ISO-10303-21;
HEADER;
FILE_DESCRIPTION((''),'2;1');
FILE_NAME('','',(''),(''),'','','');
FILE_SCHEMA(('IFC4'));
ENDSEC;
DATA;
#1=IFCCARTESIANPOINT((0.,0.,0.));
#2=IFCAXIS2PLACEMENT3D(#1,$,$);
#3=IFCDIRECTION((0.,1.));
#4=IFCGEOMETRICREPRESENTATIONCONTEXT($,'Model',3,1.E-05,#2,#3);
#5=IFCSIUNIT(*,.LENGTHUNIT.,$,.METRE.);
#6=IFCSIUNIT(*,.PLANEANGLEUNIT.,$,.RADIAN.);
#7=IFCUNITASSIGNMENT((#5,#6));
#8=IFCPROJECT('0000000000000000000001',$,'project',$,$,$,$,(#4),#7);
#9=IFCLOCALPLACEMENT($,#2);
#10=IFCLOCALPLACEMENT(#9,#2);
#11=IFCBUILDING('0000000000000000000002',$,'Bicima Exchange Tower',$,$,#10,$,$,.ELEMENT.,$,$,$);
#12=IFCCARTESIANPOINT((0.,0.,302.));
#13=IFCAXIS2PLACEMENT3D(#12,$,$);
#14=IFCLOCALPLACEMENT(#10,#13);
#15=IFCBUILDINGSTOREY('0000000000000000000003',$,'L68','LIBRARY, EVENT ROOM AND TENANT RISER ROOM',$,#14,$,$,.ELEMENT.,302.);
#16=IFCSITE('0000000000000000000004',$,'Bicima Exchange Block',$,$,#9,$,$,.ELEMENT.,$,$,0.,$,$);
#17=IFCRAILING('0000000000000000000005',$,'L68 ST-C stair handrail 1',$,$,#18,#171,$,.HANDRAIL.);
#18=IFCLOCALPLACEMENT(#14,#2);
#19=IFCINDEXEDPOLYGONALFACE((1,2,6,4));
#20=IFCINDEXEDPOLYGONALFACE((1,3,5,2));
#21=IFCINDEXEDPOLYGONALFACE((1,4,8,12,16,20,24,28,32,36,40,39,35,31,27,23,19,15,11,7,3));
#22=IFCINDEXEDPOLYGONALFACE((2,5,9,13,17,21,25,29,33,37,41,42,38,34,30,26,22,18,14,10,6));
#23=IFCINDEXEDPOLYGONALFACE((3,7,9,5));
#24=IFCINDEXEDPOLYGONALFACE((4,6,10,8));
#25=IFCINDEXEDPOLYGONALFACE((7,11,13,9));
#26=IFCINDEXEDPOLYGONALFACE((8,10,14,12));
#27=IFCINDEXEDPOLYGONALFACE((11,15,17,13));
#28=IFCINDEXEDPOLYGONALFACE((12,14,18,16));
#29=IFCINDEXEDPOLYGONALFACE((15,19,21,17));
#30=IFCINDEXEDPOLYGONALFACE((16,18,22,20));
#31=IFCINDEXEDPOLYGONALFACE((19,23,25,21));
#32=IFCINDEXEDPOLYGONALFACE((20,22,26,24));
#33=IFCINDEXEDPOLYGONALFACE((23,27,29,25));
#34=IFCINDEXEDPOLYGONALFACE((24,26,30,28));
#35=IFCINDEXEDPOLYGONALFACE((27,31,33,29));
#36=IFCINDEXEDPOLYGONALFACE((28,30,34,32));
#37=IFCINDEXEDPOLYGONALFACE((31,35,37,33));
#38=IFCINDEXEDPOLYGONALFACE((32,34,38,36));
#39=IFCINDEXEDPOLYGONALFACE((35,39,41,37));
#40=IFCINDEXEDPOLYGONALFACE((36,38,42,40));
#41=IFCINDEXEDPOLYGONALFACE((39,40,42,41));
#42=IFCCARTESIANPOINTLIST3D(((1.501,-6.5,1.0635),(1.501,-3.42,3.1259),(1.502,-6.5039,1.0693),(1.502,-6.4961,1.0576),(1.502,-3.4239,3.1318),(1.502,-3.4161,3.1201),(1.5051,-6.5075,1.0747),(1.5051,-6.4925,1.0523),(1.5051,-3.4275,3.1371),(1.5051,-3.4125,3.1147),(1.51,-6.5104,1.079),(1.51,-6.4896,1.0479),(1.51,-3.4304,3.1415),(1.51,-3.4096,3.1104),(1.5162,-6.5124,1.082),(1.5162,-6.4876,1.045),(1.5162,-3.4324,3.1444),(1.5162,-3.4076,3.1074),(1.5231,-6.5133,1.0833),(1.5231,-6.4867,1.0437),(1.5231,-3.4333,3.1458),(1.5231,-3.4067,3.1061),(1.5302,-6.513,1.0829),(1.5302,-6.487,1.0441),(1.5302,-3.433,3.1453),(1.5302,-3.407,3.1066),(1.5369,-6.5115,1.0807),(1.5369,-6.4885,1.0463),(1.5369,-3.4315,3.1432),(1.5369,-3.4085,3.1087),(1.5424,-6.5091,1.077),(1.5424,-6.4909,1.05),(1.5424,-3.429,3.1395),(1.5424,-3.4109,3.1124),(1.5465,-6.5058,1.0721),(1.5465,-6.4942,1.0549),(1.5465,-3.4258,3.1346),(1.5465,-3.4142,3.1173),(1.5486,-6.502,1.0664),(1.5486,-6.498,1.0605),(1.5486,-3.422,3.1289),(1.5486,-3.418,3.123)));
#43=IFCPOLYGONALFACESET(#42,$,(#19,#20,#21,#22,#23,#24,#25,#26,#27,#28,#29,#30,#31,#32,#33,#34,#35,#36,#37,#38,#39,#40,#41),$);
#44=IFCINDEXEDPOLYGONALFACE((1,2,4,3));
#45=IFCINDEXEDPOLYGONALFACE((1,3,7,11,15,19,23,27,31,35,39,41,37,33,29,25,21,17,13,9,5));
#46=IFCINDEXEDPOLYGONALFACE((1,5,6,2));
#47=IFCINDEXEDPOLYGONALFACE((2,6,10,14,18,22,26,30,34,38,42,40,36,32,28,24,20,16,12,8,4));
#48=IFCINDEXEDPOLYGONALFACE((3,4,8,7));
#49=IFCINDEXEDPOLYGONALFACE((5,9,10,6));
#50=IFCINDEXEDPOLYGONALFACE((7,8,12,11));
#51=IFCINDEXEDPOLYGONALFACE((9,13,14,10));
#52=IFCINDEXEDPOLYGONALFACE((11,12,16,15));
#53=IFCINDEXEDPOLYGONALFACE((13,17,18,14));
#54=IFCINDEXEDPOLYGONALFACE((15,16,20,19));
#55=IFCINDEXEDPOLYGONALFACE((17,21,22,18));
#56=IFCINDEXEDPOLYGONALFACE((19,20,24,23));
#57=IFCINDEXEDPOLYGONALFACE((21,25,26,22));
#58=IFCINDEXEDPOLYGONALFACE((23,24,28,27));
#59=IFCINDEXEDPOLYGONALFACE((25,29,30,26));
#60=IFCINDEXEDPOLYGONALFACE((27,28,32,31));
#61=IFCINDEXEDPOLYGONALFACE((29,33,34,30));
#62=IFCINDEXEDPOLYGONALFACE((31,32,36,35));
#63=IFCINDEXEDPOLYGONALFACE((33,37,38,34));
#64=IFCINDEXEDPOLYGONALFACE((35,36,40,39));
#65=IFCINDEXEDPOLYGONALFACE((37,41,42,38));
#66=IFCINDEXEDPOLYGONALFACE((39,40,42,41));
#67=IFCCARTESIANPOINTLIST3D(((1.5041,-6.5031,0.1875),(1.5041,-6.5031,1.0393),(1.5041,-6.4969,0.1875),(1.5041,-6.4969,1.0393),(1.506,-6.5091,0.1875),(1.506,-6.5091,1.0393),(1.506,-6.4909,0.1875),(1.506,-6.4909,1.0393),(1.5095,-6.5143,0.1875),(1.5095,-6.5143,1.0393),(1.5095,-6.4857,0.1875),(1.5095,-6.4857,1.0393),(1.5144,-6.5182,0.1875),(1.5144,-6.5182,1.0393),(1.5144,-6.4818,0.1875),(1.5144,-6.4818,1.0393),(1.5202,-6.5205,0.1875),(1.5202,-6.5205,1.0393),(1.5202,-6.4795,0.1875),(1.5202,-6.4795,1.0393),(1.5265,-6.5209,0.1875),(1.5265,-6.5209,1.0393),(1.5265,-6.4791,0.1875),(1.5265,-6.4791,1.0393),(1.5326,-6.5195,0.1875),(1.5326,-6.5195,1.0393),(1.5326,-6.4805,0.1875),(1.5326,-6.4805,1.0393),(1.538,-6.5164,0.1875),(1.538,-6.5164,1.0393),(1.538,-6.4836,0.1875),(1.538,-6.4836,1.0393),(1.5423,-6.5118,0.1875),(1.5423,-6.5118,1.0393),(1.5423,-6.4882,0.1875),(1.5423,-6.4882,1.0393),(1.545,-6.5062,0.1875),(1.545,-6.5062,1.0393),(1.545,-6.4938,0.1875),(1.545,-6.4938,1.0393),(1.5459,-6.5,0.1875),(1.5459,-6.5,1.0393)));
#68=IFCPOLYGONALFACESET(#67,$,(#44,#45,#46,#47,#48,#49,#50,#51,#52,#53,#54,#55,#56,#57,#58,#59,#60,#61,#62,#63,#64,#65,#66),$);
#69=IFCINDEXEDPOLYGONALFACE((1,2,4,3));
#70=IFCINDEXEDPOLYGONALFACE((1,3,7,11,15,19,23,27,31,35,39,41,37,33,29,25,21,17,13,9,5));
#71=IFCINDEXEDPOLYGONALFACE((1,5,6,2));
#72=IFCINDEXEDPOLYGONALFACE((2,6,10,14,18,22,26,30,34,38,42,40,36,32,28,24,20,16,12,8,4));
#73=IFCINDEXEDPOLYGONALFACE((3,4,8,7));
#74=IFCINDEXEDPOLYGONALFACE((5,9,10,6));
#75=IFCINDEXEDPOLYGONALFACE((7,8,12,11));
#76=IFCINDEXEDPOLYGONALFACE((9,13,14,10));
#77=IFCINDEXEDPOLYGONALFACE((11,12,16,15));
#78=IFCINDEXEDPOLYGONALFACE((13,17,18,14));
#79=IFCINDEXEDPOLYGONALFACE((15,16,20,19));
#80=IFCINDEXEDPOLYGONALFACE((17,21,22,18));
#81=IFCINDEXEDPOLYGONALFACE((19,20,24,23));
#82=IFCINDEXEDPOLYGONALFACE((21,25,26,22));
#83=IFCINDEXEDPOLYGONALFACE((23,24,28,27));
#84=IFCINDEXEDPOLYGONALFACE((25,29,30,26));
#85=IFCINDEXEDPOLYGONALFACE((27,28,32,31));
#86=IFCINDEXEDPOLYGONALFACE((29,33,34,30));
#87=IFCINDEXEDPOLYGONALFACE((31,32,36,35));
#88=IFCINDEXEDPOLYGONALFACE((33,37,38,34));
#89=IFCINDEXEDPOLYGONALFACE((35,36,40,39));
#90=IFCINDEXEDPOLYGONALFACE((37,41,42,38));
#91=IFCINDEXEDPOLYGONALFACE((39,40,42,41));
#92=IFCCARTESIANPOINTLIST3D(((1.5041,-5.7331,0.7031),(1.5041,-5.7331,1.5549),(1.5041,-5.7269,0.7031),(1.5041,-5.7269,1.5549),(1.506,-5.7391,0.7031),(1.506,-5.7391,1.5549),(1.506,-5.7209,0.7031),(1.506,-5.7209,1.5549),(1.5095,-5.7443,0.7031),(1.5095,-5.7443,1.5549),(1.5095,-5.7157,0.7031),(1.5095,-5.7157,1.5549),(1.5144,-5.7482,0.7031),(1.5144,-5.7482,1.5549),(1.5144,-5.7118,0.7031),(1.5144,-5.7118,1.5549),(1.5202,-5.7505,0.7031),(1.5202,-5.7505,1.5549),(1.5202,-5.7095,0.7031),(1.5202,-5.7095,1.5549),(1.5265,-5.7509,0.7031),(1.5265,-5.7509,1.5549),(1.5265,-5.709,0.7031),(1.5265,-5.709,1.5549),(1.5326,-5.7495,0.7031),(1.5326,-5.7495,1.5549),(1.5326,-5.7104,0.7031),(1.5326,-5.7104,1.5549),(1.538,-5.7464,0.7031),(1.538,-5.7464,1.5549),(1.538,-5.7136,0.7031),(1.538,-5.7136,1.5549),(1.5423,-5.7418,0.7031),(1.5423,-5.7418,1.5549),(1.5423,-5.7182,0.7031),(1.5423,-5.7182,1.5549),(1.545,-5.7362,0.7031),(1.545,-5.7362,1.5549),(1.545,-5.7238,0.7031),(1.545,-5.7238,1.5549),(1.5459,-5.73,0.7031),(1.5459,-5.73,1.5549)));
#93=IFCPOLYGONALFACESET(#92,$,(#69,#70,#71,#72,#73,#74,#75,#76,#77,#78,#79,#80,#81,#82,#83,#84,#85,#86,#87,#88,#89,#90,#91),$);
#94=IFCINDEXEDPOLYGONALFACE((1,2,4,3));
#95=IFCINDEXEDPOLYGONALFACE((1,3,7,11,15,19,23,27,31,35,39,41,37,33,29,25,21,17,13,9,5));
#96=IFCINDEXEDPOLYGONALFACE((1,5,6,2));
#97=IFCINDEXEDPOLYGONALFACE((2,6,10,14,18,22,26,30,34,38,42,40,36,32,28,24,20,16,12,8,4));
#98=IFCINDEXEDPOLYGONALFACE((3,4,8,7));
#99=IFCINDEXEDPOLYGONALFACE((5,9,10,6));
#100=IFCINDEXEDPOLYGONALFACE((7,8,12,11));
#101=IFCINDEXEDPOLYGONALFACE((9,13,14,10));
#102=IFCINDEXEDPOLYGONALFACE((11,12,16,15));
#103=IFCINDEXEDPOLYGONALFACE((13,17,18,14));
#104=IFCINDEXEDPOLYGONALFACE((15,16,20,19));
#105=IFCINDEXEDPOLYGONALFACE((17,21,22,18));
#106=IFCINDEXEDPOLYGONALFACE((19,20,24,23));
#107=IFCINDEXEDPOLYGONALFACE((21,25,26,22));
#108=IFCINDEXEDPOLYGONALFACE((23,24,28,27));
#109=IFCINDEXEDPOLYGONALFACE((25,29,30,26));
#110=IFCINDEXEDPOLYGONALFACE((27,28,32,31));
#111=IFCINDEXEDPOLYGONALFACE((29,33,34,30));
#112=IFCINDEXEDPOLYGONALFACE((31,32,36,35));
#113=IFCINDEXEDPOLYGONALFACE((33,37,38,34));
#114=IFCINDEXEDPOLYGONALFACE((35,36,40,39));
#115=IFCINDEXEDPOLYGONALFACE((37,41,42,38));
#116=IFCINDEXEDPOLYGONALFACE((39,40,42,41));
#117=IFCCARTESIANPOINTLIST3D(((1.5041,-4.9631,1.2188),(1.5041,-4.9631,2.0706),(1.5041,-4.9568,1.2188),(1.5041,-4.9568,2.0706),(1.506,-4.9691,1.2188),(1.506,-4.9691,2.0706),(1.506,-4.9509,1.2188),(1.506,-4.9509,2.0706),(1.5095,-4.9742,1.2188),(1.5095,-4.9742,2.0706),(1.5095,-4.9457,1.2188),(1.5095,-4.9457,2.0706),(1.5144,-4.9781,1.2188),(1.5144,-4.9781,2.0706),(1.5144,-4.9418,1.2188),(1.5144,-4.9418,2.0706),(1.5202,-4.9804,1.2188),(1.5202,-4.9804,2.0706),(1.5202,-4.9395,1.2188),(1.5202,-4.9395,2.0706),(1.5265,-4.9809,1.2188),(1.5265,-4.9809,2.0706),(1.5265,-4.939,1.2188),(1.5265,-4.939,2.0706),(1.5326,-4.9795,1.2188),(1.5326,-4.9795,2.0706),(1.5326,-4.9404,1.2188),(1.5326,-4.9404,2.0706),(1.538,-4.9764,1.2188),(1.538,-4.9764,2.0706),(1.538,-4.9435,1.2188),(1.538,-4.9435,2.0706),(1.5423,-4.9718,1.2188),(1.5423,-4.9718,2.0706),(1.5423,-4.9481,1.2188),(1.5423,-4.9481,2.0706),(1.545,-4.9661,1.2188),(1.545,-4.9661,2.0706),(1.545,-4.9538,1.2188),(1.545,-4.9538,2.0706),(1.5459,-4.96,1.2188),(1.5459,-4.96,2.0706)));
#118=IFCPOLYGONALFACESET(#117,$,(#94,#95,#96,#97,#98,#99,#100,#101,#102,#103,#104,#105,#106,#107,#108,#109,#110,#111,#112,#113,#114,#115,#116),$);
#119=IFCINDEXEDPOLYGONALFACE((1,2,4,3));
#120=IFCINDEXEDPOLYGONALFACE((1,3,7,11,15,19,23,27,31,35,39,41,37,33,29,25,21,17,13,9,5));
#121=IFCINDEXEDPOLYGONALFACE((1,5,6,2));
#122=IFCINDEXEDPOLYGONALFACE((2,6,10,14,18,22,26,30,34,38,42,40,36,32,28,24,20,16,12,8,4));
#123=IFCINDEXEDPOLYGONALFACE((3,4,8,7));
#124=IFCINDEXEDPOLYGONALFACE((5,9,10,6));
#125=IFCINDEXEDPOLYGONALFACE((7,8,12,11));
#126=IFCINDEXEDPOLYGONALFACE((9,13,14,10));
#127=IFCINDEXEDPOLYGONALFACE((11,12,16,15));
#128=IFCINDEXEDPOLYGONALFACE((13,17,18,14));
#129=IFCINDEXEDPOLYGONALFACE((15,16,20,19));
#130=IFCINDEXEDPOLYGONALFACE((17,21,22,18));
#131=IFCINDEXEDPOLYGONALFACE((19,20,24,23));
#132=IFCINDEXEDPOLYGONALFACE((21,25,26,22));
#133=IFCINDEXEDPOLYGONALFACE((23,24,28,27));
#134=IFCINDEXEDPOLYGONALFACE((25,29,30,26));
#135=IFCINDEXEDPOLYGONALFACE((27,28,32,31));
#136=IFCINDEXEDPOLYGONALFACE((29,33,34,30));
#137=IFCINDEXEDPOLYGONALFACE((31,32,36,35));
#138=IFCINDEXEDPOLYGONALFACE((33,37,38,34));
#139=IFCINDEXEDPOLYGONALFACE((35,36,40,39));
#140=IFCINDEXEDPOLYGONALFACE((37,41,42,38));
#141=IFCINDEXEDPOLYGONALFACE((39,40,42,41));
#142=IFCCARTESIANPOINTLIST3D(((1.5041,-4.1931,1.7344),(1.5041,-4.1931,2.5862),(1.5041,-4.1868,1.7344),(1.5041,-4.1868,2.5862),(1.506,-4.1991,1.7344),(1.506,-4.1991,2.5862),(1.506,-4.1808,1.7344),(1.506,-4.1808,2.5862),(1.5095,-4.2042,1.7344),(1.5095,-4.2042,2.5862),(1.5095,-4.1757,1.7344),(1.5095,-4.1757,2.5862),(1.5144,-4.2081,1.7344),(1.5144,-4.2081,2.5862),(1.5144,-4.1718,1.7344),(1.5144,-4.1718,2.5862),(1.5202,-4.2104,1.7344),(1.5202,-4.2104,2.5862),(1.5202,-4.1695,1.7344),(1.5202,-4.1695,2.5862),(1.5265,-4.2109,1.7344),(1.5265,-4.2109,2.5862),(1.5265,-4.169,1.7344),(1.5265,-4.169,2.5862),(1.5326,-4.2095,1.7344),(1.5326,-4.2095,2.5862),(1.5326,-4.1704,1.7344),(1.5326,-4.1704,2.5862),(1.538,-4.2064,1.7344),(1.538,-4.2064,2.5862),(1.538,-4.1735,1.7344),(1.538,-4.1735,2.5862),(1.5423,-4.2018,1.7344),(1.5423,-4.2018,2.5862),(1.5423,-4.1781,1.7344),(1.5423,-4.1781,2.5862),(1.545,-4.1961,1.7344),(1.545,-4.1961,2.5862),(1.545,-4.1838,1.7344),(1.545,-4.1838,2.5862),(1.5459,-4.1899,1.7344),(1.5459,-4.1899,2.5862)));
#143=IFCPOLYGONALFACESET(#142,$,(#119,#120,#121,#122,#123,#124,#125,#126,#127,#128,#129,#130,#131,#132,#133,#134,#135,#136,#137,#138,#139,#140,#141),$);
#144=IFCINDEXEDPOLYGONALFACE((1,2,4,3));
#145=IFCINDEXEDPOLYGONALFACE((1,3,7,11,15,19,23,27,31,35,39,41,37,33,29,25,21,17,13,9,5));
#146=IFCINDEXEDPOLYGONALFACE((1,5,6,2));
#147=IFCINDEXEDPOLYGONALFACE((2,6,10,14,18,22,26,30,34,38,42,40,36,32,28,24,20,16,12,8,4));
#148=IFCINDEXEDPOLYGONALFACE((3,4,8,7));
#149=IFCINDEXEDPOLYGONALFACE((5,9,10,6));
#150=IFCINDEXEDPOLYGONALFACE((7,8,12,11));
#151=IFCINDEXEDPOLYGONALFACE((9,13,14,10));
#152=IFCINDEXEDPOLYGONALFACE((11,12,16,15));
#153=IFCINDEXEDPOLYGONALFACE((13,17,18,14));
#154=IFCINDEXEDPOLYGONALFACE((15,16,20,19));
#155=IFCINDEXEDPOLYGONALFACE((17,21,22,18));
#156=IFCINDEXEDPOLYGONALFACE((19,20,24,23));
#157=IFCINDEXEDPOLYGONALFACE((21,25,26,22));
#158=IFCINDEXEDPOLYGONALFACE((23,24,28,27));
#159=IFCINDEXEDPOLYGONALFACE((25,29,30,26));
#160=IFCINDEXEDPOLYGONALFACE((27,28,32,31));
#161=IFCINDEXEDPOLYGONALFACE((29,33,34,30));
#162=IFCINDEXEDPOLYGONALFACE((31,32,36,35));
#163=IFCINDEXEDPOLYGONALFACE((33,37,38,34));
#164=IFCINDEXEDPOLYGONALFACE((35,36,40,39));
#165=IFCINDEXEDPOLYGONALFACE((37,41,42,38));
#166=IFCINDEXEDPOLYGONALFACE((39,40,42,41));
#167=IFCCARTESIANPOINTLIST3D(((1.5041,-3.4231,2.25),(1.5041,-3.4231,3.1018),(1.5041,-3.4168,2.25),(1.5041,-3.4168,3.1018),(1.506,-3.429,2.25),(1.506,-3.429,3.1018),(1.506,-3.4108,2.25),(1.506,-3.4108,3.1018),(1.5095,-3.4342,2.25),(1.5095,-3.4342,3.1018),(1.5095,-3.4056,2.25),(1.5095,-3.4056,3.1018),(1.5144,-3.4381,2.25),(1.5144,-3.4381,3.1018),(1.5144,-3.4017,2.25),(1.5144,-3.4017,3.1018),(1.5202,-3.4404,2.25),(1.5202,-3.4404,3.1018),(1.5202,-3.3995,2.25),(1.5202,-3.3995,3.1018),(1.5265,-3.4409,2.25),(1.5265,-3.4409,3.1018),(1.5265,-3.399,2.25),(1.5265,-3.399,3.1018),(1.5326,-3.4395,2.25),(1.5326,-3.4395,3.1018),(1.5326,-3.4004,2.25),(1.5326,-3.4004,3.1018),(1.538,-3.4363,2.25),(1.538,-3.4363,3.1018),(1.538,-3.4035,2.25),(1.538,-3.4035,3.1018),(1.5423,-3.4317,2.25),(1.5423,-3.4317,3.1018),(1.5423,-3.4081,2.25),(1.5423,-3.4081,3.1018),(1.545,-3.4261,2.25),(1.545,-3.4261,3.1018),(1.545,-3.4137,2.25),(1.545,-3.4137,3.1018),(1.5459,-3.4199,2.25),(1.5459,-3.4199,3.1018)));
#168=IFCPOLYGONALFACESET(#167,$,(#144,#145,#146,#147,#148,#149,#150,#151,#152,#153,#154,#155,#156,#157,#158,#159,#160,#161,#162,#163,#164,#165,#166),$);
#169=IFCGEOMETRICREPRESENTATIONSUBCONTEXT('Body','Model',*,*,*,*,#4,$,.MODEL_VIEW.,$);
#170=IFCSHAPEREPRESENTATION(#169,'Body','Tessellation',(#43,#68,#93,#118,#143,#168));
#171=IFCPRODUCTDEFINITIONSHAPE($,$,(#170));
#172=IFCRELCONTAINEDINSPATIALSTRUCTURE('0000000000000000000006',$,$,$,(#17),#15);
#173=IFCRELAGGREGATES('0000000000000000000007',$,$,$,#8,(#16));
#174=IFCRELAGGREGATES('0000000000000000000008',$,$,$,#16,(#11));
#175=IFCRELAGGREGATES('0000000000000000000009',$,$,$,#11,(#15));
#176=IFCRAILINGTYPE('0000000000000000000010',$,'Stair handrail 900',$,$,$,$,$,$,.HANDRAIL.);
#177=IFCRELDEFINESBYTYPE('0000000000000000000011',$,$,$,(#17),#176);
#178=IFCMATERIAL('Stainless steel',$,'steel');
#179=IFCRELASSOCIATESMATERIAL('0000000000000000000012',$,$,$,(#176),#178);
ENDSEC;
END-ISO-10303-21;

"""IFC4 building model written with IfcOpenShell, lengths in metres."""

from ifc_helpers import new_model, si_unit, direction, frame, origin, origin_2d, place, context, subcontext, project, spatial, circle, extrude, material, type_object, element, save


model = new_model("IFC4")

# Units and contexts
model_context = context("Model", 3, precision=1e-05, world=origin(), true_north=direction((0.0, 1.0)))
body_context = subcontext(model_context, "Body", "Model", "MODEL_VIEW")
ifc_project = project(units=[si_unit("LENGTHUNIT", "METRE"), si_unit("PLANEANGLEUNIT", "RADIAN")], contexts=[model_context])

# Site, building, storey
site_placement = place(None, origin())
site = spatial("IfcSite", under=ifc_project, at=site_placement, Name="Bicima Exchange Block", CompositionType="ELEMENT", RefElevation=0.0)
building_placement = place(site_placement, origin())
building = spatial("IfcBuilding", under=site, at=building_placement, Name="Bicima Exchange Tower", CompositionType="ELEMENT")
storey_placement = place(building_placement, frame((0.0, 0.0, 302.0)))
storey = spatial("IfcBuildingStorey", under=building, at=storey_placement, Name="L68", Description="LIBRARY, EVENT ROOM AND TENANT RISER ROOM", CompositionType="ELEMENT", Elevation=302.0)

# Shared definitions
ifc_material_1 = material(Name="Stainless steel", Category="steel")

# Railing
railing_type_1 = type_object("IfcRailingType", Name="Stair handrail 900", PredefinedType="HANDRAIL", material=ifc_material_1)
railing_1_placement = place(storey_placement, frame((1.5249, -6.5, 0.1875)))
element("IfcRailing", 1, at=railing_1_placement, inside=storey, type_object=railing_type_1, Name="L68 ST-C stair handrail 1", PredefinedType="HANDRAIL", context=body_context, shape_type="SweptSolid", body=[
    extrude(circle(Radius=0.0239, at=origin_2d()), frame((0.0, 0.0, 0.876), z_axis=(0.0, 0.830914, 0.556401), x_axis=(-1.0, 0.0, 0.0)), (0.0, 0.0, 1.0), 3.7068),
    extrude(circle(Radius=0.021, at=origin_2d()), origin(), (0.0, 0.0, 1.0), 0.8518),
    extrude(circle(Radius=0.021, at=origin_2d()), frame((0.0, 0.77, 0.5156)), (0.0, 0.0, 1.0), 0.8518),
    extrude(circle(Radius=0.021, at=origin_2d()), frame((0.0, 1.54, 1.0312)), (0.0, 0.0, 1.0), 0.8518),
    extrude(circle(Radius=0.021, at=origin_2d()), frame((0.0, 2.3101, 1.5469)), (0.0, 0.0, 1.0), 0.8518),
    extrude(circle(Radius=0.021, at=origin_2d()), frame((0.0, 3.0801, 2.0625)), (0.0, 0.0, 1.0), 0.8518),
])

save(model, "model.ifc")
